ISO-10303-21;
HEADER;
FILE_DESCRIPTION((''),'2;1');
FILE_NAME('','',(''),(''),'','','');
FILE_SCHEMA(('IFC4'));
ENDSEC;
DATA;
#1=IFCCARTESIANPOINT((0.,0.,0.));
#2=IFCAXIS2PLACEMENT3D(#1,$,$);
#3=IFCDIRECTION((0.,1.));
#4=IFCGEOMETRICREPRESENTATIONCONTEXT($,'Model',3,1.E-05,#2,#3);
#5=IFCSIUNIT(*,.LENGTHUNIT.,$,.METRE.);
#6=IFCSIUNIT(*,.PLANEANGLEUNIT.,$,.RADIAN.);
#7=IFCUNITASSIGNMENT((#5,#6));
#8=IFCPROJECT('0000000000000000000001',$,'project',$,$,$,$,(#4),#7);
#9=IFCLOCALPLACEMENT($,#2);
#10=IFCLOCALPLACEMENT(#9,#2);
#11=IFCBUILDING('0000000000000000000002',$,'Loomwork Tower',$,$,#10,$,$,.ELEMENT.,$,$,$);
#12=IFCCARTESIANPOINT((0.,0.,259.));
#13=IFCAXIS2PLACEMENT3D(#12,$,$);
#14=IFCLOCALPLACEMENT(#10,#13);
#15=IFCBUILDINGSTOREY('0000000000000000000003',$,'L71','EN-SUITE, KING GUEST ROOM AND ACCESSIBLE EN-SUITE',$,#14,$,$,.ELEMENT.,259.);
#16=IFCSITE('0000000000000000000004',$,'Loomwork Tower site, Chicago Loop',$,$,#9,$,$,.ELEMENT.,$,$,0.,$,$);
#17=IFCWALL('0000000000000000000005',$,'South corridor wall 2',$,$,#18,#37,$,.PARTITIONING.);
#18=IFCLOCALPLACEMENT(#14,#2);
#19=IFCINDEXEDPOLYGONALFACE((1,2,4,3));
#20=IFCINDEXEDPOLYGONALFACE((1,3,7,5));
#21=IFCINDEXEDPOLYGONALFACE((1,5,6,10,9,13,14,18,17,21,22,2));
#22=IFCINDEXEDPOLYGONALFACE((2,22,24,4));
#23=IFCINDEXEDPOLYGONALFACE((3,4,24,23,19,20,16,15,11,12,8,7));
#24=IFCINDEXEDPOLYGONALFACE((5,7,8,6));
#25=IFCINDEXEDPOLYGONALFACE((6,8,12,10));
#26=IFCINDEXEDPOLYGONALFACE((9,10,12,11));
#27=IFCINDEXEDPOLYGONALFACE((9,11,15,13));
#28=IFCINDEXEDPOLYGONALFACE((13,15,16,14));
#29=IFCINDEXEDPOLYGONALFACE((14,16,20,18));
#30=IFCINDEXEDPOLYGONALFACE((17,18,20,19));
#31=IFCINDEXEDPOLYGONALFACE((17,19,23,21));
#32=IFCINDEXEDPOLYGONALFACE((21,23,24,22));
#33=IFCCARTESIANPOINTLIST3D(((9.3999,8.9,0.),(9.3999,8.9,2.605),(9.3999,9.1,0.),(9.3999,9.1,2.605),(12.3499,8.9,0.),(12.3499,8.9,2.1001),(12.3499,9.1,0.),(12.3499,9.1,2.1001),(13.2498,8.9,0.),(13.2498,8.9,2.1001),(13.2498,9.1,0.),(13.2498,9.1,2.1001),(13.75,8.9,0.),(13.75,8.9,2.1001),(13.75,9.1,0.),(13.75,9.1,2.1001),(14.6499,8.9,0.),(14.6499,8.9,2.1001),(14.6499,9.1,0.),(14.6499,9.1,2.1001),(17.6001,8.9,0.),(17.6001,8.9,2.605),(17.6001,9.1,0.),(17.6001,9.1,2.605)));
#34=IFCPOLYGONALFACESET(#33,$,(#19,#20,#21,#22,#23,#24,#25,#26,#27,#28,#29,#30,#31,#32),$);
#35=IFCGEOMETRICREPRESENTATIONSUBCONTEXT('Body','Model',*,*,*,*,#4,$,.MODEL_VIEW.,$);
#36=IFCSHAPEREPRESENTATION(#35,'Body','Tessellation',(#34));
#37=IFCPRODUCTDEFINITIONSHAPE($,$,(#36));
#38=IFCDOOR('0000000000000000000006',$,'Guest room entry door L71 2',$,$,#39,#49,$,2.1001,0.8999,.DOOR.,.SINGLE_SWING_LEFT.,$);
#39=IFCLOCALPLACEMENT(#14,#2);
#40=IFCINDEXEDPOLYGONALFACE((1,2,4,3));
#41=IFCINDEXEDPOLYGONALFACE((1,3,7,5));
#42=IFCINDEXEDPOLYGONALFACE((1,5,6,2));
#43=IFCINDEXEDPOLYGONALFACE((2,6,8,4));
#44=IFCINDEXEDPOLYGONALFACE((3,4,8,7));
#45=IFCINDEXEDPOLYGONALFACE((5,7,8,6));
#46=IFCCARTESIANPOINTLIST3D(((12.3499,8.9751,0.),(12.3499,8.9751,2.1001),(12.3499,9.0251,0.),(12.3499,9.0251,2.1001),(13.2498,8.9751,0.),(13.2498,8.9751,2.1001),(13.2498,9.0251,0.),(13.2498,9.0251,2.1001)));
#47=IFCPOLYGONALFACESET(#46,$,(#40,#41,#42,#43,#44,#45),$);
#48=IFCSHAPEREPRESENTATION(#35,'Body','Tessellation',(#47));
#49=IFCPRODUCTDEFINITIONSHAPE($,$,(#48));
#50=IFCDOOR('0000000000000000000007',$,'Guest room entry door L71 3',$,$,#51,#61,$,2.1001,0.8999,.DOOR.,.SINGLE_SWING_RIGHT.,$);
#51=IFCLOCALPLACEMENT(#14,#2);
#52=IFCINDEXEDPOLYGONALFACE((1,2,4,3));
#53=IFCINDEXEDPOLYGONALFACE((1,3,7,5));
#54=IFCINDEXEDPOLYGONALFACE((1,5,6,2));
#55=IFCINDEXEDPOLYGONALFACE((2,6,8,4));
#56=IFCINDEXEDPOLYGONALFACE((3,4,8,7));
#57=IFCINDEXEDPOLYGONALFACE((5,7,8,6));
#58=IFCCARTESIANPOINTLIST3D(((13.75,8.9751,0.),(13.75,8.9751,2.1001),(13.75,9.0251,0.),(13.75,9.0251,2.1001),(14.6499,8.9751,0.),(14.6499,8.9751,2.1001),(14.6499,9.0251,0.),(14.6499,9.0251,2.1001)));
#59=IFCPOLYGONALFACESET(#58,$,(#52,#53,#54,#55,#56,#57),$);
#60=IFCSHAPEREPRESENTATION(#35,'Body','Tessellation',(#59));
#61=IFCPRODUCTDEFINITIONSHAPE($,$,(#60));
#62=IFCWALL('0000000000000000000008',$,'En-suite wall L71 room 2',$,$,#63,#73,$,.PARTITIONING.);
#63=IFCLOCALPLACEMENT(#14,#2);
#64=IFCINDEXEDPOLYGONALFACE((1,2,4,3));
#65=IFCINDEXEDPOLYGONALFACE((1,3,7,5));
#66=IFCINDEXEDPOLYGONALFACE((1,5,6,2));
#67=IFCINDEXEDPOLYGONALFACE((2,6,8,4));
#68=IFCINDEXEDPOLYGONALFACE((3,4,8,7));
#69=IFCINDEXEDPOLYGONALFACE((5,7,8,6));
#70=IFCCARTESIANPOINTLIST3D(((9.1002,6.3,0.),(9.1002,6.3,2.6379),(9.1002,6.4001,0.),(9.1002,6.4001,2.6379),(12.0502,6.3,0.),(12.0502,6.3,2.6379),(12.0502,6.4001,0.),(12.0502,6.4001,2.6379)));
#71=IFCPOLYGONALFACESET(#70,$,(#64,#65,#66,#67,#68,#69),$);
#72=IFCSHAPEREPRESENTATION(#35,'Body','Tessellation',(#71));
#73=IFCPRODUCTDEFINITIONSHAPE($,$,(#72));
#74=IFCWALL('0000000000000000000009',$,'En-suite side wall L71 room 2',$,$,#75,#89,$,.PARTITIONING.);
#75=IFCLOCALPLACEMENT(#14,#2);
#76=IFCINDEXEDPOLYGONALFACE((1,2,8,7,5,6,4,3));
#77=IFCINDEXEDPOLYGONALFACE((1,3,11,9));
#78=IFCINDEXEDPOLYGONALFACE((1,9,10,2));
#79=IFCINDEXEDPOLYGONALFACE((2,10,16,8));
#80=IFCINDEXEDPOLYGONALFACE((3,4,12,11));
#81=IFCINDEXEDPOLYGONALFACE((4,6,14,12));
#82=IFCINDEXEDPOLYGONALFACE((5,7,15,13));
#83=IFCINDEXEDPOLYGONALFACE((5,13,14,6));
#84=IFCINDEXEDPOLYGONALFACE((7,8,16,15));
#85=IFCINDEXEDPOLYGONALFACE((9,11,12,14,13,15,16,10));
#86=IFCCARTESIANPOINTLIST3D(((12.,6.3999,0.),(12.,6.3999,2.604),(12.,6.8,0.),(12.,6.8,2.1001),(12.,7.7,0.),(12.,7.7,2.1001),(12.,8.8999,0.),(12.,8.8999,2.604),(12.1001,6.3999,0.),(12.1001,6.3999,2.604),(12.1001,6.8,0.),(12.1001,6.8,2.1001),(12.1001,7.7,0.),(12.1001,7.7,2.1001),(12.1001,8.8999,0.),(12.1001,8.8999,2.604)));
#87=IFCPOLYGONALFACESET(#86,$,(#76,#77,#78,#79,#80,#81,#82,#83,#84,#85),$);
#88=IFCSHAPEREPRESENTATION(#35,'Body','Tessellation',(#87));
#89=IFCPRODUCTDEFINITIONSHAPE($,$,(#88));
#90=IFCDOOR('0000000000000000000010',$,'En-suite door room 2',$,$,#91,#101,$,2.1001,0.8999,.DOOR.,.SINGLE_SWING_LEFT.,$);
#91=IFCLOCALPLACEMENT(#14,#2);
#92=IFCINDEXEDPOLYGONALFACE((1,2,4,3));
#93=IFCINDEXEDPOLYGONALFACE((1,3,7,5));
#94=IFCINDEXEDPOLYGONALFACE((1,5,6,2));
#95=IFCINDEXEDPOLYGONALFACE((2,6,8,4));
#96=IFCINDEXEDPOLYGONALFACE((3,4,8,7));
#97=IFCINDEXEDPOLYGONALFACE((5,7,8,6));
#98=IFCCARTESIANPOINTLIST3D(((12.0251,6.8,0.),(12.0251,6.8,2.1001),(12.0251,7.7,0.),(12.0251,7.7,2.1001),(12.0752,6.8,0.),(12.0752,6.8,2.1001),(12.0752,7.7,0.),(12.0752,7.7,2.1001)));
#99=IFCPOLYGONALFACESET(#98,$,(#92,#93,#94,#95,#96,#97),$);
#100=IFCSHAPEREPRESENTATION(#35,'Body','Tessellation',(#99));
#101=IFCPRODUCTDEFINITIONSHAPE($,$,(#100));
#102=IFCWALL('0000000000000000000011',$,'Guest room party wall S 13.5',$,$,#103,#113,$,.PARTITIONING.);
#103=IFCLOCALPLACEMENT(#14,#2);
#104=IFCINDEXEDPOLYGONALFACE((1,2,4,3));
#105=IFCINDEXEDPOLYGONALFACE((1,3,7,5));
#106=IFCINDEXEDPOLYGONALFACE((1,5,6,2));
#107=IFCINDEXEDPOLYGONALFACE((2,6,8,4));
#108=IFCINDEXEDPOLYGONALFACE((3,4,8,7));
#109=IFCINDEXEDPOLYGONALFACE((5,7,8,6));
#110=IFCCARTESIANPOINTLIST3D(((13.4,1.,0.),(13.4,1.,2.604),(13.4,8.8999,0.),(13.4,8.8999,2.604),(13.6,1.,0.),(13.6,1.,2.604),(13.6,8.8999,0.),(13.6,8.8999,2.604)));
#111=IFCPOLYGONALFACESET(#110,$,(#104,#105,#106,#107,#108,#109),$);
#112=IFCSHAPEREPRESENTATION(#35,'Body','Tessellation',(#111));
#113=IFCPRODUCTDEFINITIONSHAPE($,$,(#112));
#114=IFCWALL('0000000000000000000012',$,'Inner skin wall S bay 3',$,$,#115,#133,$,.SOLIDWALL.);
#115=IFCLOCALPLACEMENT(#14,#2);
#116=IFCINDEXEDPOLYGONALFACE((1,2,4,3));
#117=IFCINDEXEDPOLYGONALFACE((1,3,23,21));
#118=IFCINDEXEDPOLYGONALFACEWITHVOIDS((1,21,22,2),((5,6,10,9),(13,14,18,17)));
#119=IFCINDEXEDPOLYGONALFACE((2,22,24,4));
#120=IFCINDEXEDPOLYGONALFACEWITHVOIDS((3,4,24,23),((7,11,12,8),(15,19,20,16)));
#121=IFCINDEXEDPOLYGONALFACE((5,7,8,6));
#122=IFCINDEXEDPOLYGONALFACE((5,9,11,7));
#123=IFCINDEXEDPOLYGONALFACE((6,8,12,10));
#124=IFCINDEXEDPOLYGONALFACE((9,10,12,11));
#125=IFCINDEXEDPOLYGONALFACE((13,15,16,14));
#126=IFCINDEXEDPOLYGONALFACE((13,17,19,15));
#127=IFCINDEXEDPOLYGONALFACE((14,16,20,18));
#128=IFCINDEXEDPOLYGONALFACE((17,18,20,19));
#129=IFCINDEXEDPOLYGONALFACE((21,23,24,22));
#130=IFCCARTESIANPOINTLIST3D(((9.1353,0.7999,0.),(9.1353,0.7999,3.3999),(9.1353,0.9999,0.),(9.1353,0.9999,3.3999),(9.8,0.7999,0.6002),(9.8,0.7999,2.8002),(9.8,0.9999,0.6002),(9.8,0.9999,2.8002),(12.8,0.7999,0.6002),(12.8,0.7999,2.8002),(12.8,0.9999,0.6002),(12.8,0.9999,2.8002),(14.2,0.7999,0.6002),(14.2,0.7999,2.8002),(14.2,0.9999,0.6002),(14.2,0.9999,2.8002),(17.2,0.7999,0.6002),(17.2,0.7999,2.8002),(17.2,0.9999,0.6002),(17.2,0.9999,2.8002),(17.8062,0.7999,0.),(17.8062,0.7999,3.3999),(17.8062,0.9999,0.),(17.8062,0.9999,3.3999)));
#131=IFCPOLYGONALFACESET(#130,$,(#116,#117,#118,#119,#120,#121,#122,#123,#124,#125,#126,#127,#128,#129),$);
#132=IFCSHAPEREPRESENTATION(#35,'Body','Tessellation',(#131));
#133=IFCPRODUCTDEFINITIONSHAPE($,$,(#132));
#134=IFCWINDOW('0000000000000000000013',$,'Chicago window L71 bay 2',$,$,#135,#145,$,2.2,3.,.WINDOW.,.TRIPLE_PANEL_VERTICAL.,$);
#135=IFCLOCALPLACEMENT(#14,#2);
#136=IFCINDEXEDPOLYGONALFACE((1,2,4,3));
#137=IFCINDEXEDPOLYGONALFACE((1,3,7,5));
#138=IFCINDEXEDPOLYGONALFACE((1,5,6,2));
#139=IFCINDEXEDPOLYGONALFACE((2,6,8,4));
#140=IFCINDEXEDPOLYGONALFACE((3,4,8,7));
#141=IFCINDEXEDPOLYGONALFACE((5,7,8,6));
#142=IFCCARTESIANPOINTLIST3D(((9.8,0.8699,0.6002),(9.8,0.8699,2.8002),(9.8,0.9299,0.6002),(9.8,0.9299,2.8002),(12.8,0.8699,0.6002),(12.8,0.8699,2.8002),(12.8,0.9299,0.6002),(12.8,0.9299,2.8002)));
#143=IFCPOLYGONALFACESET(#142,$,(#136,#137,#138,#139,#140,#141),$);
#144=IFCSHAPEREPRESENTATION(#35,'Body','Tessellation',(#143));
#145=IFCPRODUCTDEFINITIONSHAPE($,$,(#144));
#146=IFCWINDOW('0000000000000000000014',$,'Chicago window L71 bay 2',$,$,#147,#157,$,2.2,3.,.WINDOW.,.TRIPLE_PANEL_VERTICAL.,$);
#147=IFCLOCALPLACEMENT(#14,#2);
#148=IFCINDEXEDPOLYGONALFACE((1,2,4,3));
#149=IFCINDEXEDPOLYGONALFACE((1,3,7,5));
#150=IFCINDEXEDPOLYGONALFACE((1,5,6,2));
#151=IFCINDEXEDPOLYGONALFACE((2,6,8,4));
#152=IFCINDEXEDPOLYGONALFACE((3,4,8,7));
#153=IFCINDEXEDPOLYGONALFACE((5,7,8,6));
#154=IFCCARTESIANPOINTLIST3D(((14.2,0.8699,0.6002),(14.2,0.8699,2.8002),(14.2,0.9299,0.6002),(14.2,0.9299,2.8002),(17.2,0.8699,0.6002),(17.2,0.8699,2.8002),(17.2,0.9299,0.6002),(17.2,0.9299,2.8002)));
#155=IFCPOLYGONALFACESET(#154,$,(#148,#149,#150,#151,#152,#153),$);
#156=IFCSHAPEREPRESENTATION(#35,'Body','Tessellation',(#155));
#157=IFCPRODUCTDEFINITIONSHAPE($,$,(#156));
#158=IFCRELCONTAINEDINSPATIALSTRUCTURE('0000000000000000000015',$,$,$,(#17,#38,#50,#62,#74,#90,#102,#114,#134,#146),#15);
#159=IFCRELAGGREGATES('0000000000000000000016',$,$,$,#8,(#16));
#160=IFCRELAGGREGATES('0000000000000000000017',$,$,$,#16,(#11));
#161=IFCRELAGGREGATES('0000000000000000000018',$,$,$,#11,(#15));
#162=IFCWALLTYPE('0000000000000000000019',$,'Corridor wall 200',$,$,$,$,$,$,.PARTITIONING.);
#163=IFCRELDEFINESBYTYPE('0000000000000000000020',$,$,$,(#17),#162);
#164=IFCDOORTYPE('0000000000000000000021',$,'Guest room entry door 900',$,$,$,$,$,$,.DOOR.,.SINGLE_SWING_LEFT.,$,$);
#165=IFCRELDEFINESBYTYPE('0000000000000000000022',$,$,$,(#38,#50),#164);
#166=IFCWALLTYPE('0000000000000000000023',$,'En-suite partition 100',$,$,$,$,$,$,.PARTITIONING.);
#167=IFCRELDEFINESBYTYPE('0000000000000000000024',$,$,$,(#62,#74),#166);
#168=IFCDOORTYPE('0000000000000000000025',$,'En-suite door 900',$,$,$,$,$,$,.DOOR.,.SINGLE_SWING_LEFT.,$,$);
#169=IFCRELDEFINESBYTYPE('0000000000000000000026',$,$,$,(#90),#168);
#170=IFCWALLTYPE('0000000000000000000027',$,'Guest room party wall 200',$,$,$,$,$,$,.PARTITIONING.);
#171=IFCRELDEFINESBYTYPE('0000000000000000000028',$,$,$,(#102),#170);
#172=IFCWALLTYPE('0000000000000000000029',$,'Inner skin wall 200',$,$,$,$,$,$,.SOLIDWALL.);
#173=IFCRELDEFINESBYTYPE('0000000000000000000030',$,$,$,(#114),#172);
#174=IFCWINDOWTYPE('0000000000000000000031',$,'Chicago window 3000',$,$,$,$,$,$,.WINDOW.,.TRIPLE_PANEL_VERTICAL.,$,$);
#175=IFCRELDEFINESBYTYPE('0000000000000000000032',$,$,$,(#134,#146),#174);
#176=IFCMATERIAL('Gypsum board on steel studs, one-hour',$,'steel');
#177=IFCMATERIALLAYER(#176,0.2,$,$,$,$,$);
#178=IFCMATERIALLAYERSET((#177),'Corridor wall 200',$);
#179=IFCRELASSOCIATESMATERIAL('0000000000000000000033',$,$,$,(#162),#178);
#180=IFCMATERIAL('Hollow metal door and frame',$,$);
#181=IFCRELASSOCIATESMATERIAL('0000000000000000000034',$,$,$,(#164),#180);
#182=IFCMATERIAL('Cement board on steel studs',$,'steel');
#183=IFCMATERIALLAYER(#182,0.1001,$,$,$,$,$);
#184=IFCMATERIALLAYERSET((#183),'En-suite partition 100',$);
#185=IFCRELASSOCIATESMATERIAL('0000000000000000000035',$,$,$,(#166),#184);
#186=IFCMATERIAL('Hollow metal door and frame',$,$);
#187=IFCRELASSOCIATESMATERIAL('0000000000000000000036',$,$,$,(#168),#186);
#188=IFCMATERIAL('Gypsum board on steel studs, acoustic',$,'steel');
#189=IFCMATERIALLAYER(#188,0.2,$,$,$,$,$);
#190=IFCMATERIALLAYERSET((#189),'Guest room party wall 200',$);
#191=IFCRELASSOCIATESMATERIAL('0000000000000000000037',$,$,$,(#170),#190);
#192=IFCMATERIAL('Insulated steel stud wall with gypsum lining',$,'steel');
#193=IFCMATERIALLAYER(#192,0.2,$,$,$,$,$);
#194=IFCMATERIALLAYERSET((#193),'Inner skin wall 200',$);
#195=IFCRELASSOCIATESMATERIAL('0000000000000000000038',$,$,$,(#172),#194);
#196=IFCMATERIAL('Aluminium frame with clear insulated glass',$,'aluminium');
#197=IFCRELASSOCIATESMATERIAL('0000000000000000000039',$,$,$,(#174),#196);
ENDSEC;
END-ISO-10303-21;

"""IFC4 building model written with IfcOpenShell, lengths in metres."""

from ifc_helpers import new_model, si_unit, direction, frame, frame_2d, origin, place, context, subcontext, project, spatial, rectangle, extrude, material, layer, layer_set, type_object, element, fill, save


model = new_model("IFC4")

# Units and contexts
model_context = context("Model", 3, precision=1e-05, world=origin(), true_north=direction((0.0, 1.0)))
body_context = subcontext(model_context, "Body", "Model", "MODEL_VIEW")
ifc_project = project(units=[si_unit("LENGTHUNIT", "METRE"), si_unit("PLANEANGLEUNIT", "RADIAN")], contexts=[model_context])

# Site, building, storey
site_placement = place(None, origin())
site = spatial("IfcSite", under=ifc_project, at=site_placement, Name="Loomwork Tower site, Chicago Loop", CompositionType="ELEMENT", RefElevation=0.0)
building_placement = place(site_placement, origin())
building = spatial("IfcBuilding", under=site, at=building_placement, Name="Loomwork Tower", CompositionType="ELEMENT")
storey_placement = place(building_placement, frame((0.0, 0.0, 259.0)))
storey = spatial("IfcBuildingStorey", under=building, at=storey_placement, Name="L71", Description="EN-SUITE, KING GUEST ROOM AND ACCESSIBLE EN-SUITE", CompositionType="ELEMENT", Elevation=259.0)

# Wall, openings, doors
ifc_material_1 = material(Name="Gypsum board on steel studs, one-hour", Category="steel")
ifc_layer_1 = layer(ifc_material_1, 0.2)
ifc_layer_set_1 = layer_set([ifc_layer_1], Name="Corridor wall 200")
wall_type_1 = type_object("IfcWallType", Name="Corridor wall 200", PredefinedType="PARTITIONING", material=ifc_layer_set_1)
wall_1_placement = place(storey_placement, frame((9.3999, 9.0, 0.0), z_axis=(0.0, 0.0, 1.0), x_axis=(1.0, 0.0, 0.0)))
wall_1 = element("IfcWall", 1, at=wall_1_placement, inside=storey, type_object=wall_type_1, Name="South corridor wall 2", PredefinedType="PARTITIONING", context=body_context, shape_type="SweptSolid", body=[
    extrude(rectangle(XDim=8.2002, YDim=0.2, at=frame_2d((4.1001, 0.0))), origin(), (0.0, 0.0, 1.0), 2.605),
])
opening_1_placement = place(wall_1_placement, frame((2.95, 0.0, 0.0)))
opening_1 = element("IfcOpeningElement", 2, at=opening_1_placement, cuts=wall_1, PredefinedType="OPENING", context=body_context, shape_type="SweptSolid", body=[
    extrude(rectangle(XDim=0.8999, YDim=2.1001, at=frame_2d((0.45, 1.05))), frame((0.0, 0.1099, 0.0), z_axis=(0.0, -1.0, 0.0), x_axis=(1.0, 0.0, 0.0)), (0.0, 0.0, 1.0), 0.22),
])
opening_2_placement = place(wall_1_placement, frame((4.3501, 0.0, 0.0)))
opening_2 = element("IfcOpeningElement", 3, at=opening_2_placement, cuts=wall_1, PredefinedType="OPENING", context=body_context, shape_type="SweptSolid", body=[
    extrude(rectangle(XDim=0.8999, YDim=2.1001, at=frame_2d((0.45, 1.05))), frame((0.0, 0.1099, 0.0), z_axis=(0.0, -1.0, 0.0), x_axis=(1.0, 0.0, 0.0)), (0.0, 0.0, 1.0), 0.22),
])
ifc_material_2 = material(Name="Hollow metal door and frame")
door_type_1 = type_object("IfcDoorType", Name="Guest room entry door 900", OperationType="SINGLE_SWING_LEFT", PredefinedType="DOOR", material=ifc_material_2)
door_1_placement = place(opening_1_placement, frame((0.8999, 0.0, 0.0), z_axis=(0.0, 0.0, 1.0), x_axis=(-1.0, 0.0, 0.0)))
door_1 = element("IfcDoor", 4, at=door_1_placement, inside=storey, type_object=door_type_1, Name="Guest room entry door L71 2", OperationType="SINGLE_SWING_LEFT", OverallHeight=2.1001, OverallWidth=0.8999, PredefinedType="DOOR", context=body_context, shape_type="SweptSolid", body=[
    extrude(rectangle(XDim=0.8999, YDim=2.1001, at=frame_2d((0.45, 1.05))), frame((0.0, 0.0249, 0.0), z_axis=(0.0, -1.0, 0.0), x_axis=(1.0, 0.0, 0.0)), (0.0, 0.0, 1.0), 0.05),
])
fill(opening_1, door_1)
door_2_placement = place(opening_2_placement, frame((0.8999, 0.0, 0.0), z_axis=(0.0, 0.0, 1.0), x_axis=(-1.0, 0.0, 0.0)))
door_2 = element("IfcDoor", 5, at=door_2_placement, inside=storey, type_object=door_type_1, Name="Guest room entry door L71 3", OperationType="SINGLE_SWING_RIGHT", OverallHeight=2.1001, OverallWidth=0.8999, PredefinedType="DOOR", context=body_context, shape_type="SweptSolid", body=[
    extrude(rectangle(XDim=0.8999, YDim=2.1001, at=frame_2d((0.45, 1.05))), frame((0.0, 0.0249, 0.0), z_axis=(0.0, -1.0, 0.0), x_axis=(1.0, 0.0, 0.0)), (0.0, 0.0, 1.0), 0.05),
])
fill(opening_2, door_2)

# Wall
ifc_material_3 = material(Name="Cement board on steel studs", Category="steel")
ifc_layer_2 = layer(ifc_material_3, 0.1001)
ifc_layer_set_2 = layer_set([ifc_layer_2], Name="En-suite partition 100")
wall_type_2 = type_object("IfcWallType", Name="En-suite partition 100", PredefinedType="PARTITIONING", material=ifc_layer_set_2)
wall_2_placement = place(storey_placement, frame((9.1001, 6.3501, 0.0), z_axis=(0.0, 0.0, 1.0), x_axis=(1.0, 0.0, 0.0)))
element("IfcWall", 6, at=wall_2_placement, inside=storey, type_object=wall_type_2, Name="En-suite wall L71 room 2", PredefinedType="PARTITIONING", context=body_context, shape_type="SweptSolid", body=[
    extrude(rectangle(XDim=2.95, YDim=0.1001, at=frame_2d((1.4751, 0.0))), origin(), (0.0, 0.0, 1.0), 2.6379),
])

# Wall, opening, door
wall_3_placement = place(storey_placement, frame((12.05, 8.8999, 0.0), z_axis=(0.0, 0.0, 1.0), x_axis=(0.0, -1.0, 0.0)))
wall_3 = element("IfcWall", 7, at=wall_3_placement, inside=storey, type_object=wall_type_2, Name="En-suite side wall L71 room 2", PredefinedType="PARTITIONING", context=body_context, shape_type="SweptSolid", body=[
    extrude(rectangle(XDim=2.5, YDim=0.1001, at=frame_2d((1.25, 0.0))), origin(), (0.0, 0.0, 1.0), 2.604),
])
opening_3_placement = place(wall_3_placement, frame((1.2, 0.0, 0.0)))
opening_3 = element("IfcOpeningElement", 8, at=opening_3_placement, cuts=wall_3, PredefinedType="OPENING", context=body_context, shape_type="SweptSolid", body=[
    extrude(rectangle(XDim=0.8999, YDim=2.1001, at=frame_2d((0.45, 1.05))), frame((0.0, 0.0601, 0.0), z_axis=(0.0, -1.0, 0.0), x_axis=(1.0, 0.0, 0.0)), (0.0, 0.0, 1.0), 0.1201),
])
ifc_material_4 = material(Name="Hollow metal door and frame")
door_type_2 = type_object("IfcDoorType", Name="En-suite door 900", OperationType="SINGLE_SWING_LEFT", PredefinedType="DOOR", material=ifc_material_4)
door_3_placement = place(opening_3_placement, frame((0.8999, 0.0, 0.0), z_axis=(0.0, 0.0, 1.0), x_axis=(-1.0, 0.0, 0.0)))
door_3 = element("IfcDoor", 9, at=door_3_placement, inside=storey, type_object=door_type_2, Name="En-suite door room 2", OperationType="SINGLE_SWING_LEFT", OverallHeight=2.1001, OverallWidth=0.8999, PredefinedType="DOOR", context=body_context, shape_type="SweptSolid", body=[
    extrude(rectangle(XDim=0.8999, YDim=2.1001, at=frame_2d((0.45, 1.05))), frame((0.0, 0.0249, 0.0), z_axis=(0.0, -1.0, 0.0), x_axis=(1.0, 0.0, 0.0)), (0.0, 0.0, 1.0), 0.05),
])
fill(opening_3, door_3)

# Wall
ifc_material_5 = material(Name="Gypsum board on steel studs, acoustic", Category="steel")
ifc_layer_3 = layer(ifc_material_5, 0.2)
ifc_layer_set_3 = layer_set([ifc_layer_3], Name="Guest room party wall 200")
wall_type_3 = type_object("IfcWallType", Name="Guest room party wall 200", PredefinedType="PARTITIONING", material=ifc_layer_set_3)
wall_4_placement = place(storey_placement, frame((13.5, 8.8999, 0.0), z_axis=(0.0, 0.0, 1.0), x_axis=(0.0, -1.0, 0.0)))
element("IfcWall", 10, at=wall_4_placement, inside=storey, type_object=wall_type_3, Name="Guest room party wall S 13.5", PredefinedType="PARTITIONING", context=body_context, shape_type="SweptSolid", body=[
    extrude(rectangle(XDim=7.8999, YDim=0.2, at=frame_2d((3.95, 0.0))), origin(), (0.0, 0.0, 1.0), 2.604),
])

# Wall, openings, windows
ifc_material_6 = material(Name="Insulated steel stud wall with gypsum lining", Category="steel")
ifc_layer_4 = layer(ifc_material_6, 0.2)
ifc_layer_set_4 = layer_set([ifc_layer_4], Name="Inner skin wall 200")
wall_type_4 = type_object("IfcWallType", Name="Inner skin wall 200", PredefinedType="SOLIDWALL", material=ifc_layer_set_4)
wall_5_placement = place(storey_placement, frame((9.1353, 0.8999, 0.0), z_axis=(0.0, 0.0, 1.0), x_axis=(1.0, 0.0, 0.0)))
wall_5 = element("IfcWall", 11, at=wall_5_placement, inside=storey, type_object=wall_type_4, Name="Inner skin wall S bay 3", PredefinedType="SOLIDWALL", context=body_context, shape_type="SweptSolid", body=[
    extrude(rectangle(XDim=8.6709, YDim=0.2, at=frame_2d((4.3354, 0.0))), origin(), (0.0, 0.0, 1.0), 3.3999),
])
opening_4_placement = place(wall_5_placement, frame((0.6648, 0.0, 0.6001)))
opening_4 = element("IfcOpeningElement", 12, at=opening_4_placement, cuts=wall_5, PredefinedType="OPENING", context=body_context, shape_type="SweptSolid", body=[
    extrude(rectangle(XDim=3.0, YDim=2.2, at=frame_2d((1.5, 1.1001))), frame((0.0, 0.1099, 0.0), z_axis=(0.0, -1.0, 0.0), x_axis=(1.0, 0.0, 0.0)), (0.0, 0.0, 1.0), 0.22),
])
opening_5_placement = place(wall_5_placement, frame((5.0647, 0.0, 0.6001)))
opening_5 = element("IfcOpeningElement", 13, at=opening_5_placement, cuts=wall_5, PredefinedType="OPENING", context=body_context, shape_type="SweptSolid", body=[
    extrude(rectangle(XDim=3.0, YDim=2.2, at=frame_2d((1.5, 1.1001))), frame((0.0, 0.1099, 0.0), z_axis=(0.0, -1.0, 0.0), x_axis=(1.0, 0.0, 0.0)), (0.0, 0.0, 1.0), 0.22),
])
ifc_material_7 = material(Name="Aluminium frame with clear insulated glass", Category="aluminium")
window_type = type_object("IfcWindowType", Name="Chicago window 3000", PartitioningType="TRIPLE_PANEL_VERTICAL", PredefinedType="WINDOW", material=ifc_material_7)
window_1_placement = place(opening_4_placement, origin())
window_1 = element("IfcWindow", 14, at=window_1_placement, inside=storey, type_object=window_type, Name="Chicago window L71 bay 2", OverallHeight=2.2, OverallWidth=3.0, PartitioningType="TRIPLE_PANEL_VERTICAL", PredefinedType="WINDOW", context=body_context, shape_type="SweptSolid", body=[
    extrude(rectangle(XDim=3.0, YDim=2.2, at=frame_2d((1.5, 1.1001))), frame((0.0, 0.03, 0.0), z_axis=(0.0, -1.0, 0.0), x_axis=(1.0, 0.0, 0.0)), (0.0, 0.0, 1.0), 0.0601),
])
fill(opening_4, window_1)
window_2_placement = place(opening_5_placement, origin())
window_2 = element("IfcWindow", 15, at=window_2_placement, inside=storey, type_object=window_type, Name="Chicago window L71 bay 2", OverallHeight=2.2, OverallWidth=3.0, PartitioningType="TRIPLE_PANEL_VERTICAL", PredefinedType="WINDOW", context=body_context, shape_type="SweptSolid", body=[
    extrude(rectangle(XDim=3.0, YDim=2.2, at=frame_2d((1.5, 1.1001))), frame((0.0, 0.03, 0.0), z_axis=(0.0, -1.0, 0.0), x_axis=(1.0, 0.0, 0.0)), (0.0, 0.0, 1.0), 0.0601),
])
fill(opening_5, window_2)

save(model, "model.ifc")
